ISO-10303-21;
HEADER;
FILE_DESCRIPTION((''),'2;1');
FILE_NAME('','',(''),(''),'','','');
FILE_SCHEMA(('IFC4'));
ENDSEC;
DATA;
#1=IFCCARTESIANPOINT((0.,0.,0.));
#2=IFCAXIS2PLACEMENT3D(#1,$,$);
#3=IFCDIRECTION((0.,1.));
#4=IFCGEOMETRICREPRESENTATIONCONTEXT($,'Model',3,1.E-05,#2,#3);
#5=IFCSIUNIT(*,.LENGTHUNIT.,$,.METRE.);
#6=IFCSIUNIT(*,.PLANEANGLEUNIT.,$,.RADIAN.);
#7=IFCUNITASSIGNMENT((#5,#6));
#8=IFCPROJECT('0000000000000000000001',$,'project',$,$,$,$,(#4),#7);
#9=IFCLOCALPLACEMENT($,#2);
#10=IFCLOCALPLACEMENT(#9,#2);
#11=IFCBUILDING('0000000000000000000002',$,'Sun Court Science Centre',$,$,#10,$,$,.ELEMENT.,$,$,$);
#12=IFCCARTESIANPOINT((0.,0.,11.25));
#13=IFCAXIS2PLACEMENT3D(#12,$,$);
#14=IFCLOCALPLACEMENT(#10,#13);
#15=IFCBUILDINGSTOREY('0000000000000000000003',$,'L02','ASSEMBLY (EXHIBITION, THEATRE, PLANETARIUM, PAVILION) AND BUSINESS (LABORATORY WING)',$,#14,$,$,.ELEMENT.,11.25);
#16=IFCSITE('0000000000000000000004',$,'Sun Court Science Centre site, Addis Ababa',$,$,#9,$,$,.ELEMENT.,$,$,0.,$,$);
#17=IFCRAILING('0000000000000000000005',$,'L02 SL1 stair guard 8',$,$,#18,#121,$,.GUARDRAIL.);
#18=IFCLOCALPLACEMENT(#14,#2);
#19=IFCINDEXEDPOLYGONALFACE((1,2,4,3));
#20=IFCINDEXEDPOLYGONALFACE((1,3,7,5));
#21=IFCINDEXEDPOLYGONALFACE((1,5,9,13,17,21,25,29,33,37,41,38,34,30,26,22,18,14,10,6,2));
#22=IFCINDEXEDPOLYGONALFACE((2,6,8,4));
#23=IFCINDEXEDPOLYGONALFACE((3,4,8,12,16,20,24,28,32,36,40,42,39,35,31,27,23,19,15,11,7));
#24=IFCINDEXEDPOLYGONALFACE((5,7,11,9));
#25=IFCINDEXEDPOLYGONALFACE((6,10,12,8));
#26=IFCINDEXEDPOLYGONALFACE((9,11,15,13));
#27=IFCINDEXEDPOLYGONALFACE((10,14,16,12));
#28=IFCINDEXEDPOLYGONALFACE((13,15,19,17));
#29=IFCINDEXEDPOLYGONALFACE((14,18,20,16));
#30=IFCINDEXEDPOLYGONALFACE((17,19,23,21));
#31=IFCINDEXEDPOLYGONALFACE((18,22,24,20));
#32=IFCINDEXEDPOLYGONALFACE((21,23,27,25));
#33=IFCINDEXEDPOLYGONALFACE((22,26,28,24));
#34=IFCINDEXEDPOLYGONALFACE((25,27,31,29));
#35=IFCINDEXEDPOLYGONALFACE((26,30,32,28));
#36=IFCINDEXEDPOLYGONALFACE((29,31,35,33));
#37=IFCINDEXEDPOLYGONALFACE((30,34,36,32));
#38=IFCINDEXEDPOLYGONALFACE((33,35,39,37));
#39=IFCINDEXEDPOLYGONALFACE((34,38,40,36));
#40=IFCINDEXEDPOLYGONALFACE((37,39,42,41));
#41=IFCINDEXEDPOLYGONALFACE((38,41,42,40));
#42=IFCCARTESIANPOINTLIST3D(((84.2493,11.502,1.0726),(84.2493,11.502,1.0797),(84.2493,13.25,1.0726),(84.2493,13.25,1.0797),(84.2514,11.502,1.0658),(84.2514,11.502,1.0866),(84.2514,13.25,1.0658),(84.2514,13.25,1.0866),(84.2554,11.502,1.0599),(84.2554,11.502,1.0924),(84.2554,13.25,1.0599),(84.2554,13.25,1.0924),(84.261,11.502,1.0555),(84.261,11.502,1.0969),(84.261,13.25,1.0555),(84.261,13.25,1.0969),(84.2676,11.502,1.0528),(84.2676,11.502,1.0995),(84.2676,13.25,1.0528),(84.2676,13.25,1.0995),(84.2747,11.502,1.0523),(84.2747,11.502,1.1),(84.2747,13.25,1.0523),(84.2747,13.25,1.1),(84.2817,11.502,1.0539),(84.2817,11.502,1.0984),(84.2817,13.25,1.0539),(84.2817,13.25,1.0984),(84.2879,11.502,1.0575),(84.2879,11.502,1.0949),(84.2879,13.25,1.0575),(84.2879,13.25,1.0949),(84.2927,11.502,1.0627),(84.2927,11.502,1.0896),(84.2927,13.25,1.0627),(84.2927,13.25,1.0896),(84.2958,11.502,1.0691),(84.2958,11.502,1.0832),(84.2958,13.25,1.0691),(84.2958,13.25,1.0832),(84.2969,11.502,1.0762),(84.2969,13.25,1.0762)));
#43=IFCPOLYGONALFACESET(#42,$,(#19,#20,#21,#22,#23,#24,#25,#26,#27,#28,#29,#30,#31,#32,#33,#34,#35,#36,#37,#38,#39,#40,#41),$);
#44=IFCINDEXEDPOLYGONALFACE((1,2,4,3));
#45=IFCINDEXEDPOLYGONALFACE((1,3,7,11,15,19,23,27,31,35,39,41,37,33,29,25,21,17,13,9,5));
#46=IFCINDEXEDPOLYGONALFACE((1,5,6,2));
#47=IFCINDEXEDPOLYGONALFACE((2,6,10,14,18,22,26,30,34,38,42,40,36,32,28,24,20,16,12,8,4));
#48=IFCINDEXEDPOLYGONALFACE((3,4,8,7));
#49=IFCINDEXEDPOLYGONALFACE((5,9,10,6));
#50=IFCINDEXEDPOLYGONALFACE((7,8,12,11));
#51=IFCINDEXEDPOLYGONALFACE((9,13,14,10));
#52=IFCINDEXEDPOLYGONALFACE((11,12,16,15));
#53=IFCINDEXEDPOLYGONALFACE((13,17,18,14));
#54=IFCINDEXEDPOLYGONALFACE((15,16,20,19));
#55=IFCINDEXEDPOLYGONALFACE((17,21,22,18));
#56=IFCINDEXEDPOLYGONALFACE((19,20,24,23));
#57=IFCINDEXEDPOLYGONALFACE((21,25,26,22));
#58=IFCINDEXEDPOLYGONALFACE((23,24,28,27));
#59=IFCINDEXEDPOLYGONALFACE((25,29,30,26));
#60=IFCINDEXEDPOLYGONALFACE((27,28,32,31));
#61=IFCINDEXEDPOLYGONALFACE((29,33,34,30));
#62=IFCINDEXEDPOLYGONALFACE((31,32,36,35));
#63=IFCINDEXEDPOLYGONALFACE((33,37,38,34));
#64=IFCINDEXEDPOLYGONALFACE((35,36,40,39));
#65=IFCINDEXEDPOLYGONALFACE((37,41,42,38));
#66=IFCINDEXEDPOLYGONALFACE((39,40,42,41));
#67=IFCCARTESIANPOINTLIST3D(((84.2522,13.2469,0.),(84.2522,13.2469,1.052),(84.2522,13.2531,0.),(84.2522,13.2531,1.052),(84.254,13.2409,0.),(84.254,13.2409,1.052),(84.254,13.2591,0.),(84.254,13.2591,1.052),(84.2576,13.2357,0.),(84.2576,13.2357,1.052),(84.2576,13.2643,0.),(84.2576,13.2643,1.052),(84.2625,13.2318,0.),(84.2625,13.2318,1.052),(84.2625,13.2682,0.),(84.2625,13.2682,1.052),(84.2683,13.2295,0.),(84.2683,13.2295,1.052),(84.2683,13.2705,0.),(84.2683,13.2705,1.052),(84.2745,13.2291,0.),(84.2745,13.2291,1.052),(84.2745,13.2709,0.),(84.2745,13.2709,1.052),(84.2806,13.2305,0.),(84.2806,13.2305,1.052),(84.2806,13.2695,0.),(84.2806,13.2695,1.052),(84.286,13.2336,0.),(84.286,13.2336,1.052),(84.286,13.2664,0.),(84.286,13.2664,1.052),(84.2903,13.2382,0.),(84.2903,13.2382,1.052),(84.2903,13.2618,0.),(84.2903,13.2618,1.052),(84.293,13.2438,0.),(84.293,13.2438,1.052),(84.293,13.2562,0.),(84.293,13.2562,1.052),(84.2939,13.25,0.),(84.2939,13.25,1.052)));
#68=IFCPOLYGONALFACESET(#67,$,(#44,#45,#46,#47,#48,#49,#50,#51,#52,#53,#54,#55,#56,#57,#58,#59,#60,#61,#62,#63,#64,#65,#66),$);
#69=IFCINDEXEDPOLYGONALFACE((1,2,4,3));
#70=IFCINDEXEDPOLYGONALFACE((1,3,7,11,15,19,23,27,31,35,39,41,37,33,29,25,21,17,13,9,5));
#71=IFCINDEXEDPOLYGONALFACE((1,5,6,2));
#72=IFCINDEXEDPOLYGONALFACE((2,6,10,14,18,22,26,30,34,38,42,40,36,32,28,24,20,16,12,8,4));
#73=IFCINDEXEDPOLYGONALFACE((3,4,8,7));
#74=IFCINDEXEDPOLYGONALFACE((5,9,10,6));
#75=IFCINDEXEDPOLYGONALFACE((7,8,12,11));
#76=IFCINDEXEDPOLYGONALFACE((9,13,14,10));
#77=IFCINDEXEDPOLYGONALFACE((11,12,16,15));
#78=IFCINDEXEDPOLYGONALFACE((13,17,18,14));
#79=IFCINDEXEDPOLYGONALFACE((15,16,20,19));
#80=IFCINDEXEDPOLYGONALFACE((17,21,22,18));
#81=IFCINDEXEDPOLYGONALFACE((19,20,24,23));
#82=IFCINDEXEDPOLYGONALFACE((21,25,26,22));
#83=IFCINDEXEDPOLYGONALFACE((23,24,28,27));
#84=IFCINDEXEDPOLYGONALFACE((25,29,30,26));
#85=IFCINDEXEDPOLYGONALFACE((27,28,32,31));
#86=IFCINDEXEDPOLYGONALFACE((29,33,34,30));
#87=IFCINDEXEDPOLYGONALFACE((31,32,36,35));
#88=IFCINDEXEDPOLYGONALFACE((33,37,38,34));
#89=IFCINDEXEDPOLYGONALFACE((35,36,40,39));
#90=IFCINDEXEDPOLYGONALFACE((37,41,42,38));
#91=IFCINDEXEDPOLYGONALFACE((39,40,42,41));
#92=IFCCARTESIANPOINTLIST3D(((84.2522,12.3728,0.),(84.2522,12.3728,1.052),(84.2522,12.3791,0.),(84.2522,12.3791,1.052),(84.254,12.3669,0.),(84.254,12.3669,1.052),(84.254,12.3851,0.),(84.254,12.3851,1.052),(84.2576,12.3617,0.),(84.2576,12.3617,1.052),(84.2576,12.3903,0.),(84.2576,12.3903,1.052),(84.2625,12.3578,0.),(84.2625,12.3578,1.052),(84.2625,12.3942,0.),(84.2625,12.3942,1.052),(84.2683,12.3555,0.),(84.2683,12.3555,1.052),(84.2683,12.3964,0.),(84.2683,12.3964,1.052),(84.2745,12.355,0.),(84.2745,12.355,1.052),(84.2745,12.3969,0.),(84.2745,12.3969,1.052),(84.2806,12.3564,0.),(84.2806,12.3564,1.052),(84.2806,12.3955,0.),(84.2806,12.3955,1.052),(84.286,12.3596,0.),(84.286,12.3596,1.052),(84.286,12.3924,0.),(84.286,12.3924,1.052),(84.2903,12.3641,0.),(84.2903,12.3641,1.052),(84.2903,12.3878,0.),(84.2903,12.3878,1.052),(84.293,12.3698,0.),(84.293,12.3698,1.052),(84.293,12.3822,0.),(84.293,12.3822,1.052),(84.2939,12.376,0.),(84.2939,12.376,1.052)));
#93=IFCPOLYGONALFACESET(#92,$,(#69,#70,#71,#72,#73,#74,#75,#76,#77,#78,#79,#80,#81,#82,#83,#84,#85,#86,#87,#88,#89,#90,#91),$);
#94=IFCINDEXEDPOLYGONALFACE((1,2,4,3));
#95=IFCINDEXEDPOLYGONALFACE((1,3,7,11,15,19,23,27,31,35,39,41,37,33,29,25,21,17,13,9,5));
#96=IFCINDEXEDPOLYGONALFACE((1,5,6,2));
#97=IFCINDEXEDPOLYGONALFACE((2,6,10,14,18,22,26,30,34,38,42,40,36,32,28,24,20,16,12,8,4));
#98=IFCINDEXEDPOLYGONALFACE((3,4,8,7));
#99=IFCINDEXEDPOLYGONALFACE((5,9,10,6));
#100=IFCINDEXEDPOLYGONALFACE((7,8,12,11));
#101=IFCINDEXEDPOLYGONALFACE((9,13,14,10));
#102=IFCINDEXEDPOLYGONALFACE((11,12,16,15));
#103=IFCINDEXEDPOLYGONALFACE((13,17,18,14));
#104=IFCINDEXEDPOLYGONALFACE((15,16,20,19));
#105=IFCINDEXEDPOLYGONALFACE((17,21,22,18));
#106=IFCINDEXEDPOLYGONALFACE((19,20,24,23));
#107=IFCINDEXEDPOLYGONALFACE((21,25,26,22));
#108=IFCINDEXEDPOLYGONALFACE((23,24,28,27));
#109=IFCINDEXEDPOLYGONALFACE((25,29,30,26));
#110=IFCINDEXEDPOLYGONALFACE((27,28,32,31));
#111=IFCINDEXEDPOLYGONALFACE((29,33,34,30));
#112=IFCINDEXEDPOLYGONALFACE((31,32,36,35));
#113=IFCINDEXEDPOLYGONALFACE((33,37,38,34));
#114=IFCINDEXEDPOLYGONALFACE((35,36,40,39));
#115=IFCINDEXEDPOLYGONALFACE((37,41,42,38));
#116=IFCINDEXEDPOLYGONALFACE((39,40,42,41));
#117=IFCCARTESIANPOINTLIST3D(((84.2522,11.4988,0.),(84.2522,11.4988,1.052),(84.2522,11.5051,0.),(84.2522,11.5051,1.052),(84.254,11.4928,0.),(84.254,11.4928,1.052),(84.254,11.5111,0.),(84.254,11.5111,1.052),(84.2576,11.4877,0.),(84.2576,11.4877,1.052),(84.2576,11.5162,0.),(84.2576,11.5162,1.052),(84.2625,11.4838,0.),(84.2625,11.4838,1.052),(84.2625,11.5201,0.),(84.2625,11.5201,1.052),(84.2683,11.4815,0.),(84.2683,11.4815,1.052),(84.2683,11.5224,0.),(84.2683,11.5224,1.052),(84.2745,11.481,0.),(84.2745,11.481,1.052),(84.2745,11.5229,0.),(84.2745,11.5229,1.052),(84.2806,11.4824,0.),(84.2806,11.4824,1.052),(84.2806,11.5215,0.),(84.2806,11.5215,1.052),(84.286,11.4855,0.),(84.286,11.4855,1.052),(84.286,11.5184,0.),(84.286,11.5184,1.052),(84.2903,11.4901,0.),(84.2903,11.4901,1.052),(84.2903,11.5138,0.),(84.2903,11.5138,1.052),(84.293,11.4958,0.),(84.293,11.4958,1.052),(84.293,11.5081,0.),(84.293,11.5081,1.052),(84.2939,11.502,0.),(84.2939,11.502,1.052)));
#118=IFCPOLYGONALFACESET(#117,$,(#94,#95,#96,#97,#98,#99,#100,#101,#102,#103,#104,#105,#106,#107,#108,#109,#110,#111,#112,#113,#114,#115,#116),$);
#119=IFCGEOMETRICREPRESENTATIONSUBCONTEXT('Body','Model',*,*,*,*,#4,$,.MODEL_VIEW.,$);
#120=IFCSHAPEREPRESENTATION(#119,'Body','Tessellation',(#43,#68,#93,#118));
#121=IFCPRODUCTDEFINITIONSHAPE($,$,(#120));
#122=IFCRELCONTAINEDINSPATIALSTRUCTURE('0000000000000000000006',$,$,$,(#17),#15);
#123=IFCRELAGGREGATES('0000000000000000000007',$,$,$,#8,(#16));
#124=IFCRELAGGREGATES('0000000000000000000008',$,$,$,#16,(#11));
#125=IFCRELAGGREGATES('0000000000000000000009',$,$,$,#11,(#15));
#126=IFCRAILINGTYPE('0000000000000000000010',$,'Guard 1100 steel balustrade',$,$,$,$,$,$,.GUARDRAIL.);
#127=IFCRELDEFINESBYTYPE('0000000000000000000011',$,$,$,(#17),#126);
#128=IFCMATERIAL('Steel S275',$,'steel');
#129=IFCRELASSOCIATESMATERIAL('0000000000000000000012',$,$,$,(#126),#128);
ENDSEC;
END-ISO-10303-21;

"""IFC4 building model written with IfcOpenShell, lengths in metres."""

from ifc_helpers import new_model, si_unit, direction, frame, origin, origin_2d, place, context, subcontext, project, spatial, circle, extrude, material, type_object, element, save


model = new_model("IFC4")

# Units and contexts
model_context = context("Model", 3, precision=1e-05, world=origin(), true_north=direction((0.0, 1.0)))
body_context = subcontext(model_context, "Body", "Model", "MODEL_VIEW")
ifc_project = project(units=[si_unit("LENGTHUNIT", "METRE"), si_unit("PLANEANGLEUNIT", "RADIAN")], contexts=[model_context])

# Site, building, storey
site_placement = place(None, origin())
site = spatial("IfcSite", under=ifc_project, at=site_placement, Name="Sun Court Science Centre site, Addis Ababa", CompositionType="ELEMENT", RefElevation=0.0)
building_placement = place(site_placement, origin())
building = spatial("IfcBuilding", under=site, at=building_placement, Name="Sun Court Science Centre", CompositionType="ELEMENT")
storey_placement = place(building_placement, frame((0.0, 0.0, 11.25)))
storey = spatial("IfcBuildingStorey", under=building, at=storey_placement, Name="L02", Description="ASSEMBLY (EXHIBITION, THEATRE, PLANETARIUM, PAVILION) AND BUSINESS (LABORATORY WING)", CompositionType="ELEMENT", Elevation=11.25)

# Railing
ifc_material_1 = material(Name="Steel S275", Category="steel")
railing_type_1 = type_object("IfcRailingType", Name="Guard 1100 steel balustrade", PredefinedType="GUARDRAIL", material=ifc_material_1)
for number, where, name in (
    (1, (84.2729, 13.25, 0.0), "L02 SL1 stair guard 8"),
):
    element("IfcRailing", number, at=place(storey_placement, frame(where)), inside=storey, type_object=railing_type_1, Name=name, PredefinedType="GUARDRAIL", context=body_context, shape_type="SweptSolid", body=[
        extrude(circle(Radius=0.0239, at=origin_2d()), frame((0.0, 0.0, 1.0762), z_axis=(0.0, -1.0, 0.0), x_axis=(1.0, 0.0, 0.0)), (0.0, 0.0, 1.0), 1.748),
        extrude(circle(Radius=0.021, at=origin_2d()), origin(), (0.0, 0.0, 1.0), 1.052),
        extrude(circle(Radius=0.021, at=origin_2d()), frame((0.0, -0.874, 0.0)), (0.0, 0.0, 1.0), 1.052),
        extrude(circle(Radius=0.021, at=origin_2d()), frame((0.0, -1.748, 0.0)), (0.0, 0.0, 1.0), 1.052),
    ])

save(model, "model.ifc")
